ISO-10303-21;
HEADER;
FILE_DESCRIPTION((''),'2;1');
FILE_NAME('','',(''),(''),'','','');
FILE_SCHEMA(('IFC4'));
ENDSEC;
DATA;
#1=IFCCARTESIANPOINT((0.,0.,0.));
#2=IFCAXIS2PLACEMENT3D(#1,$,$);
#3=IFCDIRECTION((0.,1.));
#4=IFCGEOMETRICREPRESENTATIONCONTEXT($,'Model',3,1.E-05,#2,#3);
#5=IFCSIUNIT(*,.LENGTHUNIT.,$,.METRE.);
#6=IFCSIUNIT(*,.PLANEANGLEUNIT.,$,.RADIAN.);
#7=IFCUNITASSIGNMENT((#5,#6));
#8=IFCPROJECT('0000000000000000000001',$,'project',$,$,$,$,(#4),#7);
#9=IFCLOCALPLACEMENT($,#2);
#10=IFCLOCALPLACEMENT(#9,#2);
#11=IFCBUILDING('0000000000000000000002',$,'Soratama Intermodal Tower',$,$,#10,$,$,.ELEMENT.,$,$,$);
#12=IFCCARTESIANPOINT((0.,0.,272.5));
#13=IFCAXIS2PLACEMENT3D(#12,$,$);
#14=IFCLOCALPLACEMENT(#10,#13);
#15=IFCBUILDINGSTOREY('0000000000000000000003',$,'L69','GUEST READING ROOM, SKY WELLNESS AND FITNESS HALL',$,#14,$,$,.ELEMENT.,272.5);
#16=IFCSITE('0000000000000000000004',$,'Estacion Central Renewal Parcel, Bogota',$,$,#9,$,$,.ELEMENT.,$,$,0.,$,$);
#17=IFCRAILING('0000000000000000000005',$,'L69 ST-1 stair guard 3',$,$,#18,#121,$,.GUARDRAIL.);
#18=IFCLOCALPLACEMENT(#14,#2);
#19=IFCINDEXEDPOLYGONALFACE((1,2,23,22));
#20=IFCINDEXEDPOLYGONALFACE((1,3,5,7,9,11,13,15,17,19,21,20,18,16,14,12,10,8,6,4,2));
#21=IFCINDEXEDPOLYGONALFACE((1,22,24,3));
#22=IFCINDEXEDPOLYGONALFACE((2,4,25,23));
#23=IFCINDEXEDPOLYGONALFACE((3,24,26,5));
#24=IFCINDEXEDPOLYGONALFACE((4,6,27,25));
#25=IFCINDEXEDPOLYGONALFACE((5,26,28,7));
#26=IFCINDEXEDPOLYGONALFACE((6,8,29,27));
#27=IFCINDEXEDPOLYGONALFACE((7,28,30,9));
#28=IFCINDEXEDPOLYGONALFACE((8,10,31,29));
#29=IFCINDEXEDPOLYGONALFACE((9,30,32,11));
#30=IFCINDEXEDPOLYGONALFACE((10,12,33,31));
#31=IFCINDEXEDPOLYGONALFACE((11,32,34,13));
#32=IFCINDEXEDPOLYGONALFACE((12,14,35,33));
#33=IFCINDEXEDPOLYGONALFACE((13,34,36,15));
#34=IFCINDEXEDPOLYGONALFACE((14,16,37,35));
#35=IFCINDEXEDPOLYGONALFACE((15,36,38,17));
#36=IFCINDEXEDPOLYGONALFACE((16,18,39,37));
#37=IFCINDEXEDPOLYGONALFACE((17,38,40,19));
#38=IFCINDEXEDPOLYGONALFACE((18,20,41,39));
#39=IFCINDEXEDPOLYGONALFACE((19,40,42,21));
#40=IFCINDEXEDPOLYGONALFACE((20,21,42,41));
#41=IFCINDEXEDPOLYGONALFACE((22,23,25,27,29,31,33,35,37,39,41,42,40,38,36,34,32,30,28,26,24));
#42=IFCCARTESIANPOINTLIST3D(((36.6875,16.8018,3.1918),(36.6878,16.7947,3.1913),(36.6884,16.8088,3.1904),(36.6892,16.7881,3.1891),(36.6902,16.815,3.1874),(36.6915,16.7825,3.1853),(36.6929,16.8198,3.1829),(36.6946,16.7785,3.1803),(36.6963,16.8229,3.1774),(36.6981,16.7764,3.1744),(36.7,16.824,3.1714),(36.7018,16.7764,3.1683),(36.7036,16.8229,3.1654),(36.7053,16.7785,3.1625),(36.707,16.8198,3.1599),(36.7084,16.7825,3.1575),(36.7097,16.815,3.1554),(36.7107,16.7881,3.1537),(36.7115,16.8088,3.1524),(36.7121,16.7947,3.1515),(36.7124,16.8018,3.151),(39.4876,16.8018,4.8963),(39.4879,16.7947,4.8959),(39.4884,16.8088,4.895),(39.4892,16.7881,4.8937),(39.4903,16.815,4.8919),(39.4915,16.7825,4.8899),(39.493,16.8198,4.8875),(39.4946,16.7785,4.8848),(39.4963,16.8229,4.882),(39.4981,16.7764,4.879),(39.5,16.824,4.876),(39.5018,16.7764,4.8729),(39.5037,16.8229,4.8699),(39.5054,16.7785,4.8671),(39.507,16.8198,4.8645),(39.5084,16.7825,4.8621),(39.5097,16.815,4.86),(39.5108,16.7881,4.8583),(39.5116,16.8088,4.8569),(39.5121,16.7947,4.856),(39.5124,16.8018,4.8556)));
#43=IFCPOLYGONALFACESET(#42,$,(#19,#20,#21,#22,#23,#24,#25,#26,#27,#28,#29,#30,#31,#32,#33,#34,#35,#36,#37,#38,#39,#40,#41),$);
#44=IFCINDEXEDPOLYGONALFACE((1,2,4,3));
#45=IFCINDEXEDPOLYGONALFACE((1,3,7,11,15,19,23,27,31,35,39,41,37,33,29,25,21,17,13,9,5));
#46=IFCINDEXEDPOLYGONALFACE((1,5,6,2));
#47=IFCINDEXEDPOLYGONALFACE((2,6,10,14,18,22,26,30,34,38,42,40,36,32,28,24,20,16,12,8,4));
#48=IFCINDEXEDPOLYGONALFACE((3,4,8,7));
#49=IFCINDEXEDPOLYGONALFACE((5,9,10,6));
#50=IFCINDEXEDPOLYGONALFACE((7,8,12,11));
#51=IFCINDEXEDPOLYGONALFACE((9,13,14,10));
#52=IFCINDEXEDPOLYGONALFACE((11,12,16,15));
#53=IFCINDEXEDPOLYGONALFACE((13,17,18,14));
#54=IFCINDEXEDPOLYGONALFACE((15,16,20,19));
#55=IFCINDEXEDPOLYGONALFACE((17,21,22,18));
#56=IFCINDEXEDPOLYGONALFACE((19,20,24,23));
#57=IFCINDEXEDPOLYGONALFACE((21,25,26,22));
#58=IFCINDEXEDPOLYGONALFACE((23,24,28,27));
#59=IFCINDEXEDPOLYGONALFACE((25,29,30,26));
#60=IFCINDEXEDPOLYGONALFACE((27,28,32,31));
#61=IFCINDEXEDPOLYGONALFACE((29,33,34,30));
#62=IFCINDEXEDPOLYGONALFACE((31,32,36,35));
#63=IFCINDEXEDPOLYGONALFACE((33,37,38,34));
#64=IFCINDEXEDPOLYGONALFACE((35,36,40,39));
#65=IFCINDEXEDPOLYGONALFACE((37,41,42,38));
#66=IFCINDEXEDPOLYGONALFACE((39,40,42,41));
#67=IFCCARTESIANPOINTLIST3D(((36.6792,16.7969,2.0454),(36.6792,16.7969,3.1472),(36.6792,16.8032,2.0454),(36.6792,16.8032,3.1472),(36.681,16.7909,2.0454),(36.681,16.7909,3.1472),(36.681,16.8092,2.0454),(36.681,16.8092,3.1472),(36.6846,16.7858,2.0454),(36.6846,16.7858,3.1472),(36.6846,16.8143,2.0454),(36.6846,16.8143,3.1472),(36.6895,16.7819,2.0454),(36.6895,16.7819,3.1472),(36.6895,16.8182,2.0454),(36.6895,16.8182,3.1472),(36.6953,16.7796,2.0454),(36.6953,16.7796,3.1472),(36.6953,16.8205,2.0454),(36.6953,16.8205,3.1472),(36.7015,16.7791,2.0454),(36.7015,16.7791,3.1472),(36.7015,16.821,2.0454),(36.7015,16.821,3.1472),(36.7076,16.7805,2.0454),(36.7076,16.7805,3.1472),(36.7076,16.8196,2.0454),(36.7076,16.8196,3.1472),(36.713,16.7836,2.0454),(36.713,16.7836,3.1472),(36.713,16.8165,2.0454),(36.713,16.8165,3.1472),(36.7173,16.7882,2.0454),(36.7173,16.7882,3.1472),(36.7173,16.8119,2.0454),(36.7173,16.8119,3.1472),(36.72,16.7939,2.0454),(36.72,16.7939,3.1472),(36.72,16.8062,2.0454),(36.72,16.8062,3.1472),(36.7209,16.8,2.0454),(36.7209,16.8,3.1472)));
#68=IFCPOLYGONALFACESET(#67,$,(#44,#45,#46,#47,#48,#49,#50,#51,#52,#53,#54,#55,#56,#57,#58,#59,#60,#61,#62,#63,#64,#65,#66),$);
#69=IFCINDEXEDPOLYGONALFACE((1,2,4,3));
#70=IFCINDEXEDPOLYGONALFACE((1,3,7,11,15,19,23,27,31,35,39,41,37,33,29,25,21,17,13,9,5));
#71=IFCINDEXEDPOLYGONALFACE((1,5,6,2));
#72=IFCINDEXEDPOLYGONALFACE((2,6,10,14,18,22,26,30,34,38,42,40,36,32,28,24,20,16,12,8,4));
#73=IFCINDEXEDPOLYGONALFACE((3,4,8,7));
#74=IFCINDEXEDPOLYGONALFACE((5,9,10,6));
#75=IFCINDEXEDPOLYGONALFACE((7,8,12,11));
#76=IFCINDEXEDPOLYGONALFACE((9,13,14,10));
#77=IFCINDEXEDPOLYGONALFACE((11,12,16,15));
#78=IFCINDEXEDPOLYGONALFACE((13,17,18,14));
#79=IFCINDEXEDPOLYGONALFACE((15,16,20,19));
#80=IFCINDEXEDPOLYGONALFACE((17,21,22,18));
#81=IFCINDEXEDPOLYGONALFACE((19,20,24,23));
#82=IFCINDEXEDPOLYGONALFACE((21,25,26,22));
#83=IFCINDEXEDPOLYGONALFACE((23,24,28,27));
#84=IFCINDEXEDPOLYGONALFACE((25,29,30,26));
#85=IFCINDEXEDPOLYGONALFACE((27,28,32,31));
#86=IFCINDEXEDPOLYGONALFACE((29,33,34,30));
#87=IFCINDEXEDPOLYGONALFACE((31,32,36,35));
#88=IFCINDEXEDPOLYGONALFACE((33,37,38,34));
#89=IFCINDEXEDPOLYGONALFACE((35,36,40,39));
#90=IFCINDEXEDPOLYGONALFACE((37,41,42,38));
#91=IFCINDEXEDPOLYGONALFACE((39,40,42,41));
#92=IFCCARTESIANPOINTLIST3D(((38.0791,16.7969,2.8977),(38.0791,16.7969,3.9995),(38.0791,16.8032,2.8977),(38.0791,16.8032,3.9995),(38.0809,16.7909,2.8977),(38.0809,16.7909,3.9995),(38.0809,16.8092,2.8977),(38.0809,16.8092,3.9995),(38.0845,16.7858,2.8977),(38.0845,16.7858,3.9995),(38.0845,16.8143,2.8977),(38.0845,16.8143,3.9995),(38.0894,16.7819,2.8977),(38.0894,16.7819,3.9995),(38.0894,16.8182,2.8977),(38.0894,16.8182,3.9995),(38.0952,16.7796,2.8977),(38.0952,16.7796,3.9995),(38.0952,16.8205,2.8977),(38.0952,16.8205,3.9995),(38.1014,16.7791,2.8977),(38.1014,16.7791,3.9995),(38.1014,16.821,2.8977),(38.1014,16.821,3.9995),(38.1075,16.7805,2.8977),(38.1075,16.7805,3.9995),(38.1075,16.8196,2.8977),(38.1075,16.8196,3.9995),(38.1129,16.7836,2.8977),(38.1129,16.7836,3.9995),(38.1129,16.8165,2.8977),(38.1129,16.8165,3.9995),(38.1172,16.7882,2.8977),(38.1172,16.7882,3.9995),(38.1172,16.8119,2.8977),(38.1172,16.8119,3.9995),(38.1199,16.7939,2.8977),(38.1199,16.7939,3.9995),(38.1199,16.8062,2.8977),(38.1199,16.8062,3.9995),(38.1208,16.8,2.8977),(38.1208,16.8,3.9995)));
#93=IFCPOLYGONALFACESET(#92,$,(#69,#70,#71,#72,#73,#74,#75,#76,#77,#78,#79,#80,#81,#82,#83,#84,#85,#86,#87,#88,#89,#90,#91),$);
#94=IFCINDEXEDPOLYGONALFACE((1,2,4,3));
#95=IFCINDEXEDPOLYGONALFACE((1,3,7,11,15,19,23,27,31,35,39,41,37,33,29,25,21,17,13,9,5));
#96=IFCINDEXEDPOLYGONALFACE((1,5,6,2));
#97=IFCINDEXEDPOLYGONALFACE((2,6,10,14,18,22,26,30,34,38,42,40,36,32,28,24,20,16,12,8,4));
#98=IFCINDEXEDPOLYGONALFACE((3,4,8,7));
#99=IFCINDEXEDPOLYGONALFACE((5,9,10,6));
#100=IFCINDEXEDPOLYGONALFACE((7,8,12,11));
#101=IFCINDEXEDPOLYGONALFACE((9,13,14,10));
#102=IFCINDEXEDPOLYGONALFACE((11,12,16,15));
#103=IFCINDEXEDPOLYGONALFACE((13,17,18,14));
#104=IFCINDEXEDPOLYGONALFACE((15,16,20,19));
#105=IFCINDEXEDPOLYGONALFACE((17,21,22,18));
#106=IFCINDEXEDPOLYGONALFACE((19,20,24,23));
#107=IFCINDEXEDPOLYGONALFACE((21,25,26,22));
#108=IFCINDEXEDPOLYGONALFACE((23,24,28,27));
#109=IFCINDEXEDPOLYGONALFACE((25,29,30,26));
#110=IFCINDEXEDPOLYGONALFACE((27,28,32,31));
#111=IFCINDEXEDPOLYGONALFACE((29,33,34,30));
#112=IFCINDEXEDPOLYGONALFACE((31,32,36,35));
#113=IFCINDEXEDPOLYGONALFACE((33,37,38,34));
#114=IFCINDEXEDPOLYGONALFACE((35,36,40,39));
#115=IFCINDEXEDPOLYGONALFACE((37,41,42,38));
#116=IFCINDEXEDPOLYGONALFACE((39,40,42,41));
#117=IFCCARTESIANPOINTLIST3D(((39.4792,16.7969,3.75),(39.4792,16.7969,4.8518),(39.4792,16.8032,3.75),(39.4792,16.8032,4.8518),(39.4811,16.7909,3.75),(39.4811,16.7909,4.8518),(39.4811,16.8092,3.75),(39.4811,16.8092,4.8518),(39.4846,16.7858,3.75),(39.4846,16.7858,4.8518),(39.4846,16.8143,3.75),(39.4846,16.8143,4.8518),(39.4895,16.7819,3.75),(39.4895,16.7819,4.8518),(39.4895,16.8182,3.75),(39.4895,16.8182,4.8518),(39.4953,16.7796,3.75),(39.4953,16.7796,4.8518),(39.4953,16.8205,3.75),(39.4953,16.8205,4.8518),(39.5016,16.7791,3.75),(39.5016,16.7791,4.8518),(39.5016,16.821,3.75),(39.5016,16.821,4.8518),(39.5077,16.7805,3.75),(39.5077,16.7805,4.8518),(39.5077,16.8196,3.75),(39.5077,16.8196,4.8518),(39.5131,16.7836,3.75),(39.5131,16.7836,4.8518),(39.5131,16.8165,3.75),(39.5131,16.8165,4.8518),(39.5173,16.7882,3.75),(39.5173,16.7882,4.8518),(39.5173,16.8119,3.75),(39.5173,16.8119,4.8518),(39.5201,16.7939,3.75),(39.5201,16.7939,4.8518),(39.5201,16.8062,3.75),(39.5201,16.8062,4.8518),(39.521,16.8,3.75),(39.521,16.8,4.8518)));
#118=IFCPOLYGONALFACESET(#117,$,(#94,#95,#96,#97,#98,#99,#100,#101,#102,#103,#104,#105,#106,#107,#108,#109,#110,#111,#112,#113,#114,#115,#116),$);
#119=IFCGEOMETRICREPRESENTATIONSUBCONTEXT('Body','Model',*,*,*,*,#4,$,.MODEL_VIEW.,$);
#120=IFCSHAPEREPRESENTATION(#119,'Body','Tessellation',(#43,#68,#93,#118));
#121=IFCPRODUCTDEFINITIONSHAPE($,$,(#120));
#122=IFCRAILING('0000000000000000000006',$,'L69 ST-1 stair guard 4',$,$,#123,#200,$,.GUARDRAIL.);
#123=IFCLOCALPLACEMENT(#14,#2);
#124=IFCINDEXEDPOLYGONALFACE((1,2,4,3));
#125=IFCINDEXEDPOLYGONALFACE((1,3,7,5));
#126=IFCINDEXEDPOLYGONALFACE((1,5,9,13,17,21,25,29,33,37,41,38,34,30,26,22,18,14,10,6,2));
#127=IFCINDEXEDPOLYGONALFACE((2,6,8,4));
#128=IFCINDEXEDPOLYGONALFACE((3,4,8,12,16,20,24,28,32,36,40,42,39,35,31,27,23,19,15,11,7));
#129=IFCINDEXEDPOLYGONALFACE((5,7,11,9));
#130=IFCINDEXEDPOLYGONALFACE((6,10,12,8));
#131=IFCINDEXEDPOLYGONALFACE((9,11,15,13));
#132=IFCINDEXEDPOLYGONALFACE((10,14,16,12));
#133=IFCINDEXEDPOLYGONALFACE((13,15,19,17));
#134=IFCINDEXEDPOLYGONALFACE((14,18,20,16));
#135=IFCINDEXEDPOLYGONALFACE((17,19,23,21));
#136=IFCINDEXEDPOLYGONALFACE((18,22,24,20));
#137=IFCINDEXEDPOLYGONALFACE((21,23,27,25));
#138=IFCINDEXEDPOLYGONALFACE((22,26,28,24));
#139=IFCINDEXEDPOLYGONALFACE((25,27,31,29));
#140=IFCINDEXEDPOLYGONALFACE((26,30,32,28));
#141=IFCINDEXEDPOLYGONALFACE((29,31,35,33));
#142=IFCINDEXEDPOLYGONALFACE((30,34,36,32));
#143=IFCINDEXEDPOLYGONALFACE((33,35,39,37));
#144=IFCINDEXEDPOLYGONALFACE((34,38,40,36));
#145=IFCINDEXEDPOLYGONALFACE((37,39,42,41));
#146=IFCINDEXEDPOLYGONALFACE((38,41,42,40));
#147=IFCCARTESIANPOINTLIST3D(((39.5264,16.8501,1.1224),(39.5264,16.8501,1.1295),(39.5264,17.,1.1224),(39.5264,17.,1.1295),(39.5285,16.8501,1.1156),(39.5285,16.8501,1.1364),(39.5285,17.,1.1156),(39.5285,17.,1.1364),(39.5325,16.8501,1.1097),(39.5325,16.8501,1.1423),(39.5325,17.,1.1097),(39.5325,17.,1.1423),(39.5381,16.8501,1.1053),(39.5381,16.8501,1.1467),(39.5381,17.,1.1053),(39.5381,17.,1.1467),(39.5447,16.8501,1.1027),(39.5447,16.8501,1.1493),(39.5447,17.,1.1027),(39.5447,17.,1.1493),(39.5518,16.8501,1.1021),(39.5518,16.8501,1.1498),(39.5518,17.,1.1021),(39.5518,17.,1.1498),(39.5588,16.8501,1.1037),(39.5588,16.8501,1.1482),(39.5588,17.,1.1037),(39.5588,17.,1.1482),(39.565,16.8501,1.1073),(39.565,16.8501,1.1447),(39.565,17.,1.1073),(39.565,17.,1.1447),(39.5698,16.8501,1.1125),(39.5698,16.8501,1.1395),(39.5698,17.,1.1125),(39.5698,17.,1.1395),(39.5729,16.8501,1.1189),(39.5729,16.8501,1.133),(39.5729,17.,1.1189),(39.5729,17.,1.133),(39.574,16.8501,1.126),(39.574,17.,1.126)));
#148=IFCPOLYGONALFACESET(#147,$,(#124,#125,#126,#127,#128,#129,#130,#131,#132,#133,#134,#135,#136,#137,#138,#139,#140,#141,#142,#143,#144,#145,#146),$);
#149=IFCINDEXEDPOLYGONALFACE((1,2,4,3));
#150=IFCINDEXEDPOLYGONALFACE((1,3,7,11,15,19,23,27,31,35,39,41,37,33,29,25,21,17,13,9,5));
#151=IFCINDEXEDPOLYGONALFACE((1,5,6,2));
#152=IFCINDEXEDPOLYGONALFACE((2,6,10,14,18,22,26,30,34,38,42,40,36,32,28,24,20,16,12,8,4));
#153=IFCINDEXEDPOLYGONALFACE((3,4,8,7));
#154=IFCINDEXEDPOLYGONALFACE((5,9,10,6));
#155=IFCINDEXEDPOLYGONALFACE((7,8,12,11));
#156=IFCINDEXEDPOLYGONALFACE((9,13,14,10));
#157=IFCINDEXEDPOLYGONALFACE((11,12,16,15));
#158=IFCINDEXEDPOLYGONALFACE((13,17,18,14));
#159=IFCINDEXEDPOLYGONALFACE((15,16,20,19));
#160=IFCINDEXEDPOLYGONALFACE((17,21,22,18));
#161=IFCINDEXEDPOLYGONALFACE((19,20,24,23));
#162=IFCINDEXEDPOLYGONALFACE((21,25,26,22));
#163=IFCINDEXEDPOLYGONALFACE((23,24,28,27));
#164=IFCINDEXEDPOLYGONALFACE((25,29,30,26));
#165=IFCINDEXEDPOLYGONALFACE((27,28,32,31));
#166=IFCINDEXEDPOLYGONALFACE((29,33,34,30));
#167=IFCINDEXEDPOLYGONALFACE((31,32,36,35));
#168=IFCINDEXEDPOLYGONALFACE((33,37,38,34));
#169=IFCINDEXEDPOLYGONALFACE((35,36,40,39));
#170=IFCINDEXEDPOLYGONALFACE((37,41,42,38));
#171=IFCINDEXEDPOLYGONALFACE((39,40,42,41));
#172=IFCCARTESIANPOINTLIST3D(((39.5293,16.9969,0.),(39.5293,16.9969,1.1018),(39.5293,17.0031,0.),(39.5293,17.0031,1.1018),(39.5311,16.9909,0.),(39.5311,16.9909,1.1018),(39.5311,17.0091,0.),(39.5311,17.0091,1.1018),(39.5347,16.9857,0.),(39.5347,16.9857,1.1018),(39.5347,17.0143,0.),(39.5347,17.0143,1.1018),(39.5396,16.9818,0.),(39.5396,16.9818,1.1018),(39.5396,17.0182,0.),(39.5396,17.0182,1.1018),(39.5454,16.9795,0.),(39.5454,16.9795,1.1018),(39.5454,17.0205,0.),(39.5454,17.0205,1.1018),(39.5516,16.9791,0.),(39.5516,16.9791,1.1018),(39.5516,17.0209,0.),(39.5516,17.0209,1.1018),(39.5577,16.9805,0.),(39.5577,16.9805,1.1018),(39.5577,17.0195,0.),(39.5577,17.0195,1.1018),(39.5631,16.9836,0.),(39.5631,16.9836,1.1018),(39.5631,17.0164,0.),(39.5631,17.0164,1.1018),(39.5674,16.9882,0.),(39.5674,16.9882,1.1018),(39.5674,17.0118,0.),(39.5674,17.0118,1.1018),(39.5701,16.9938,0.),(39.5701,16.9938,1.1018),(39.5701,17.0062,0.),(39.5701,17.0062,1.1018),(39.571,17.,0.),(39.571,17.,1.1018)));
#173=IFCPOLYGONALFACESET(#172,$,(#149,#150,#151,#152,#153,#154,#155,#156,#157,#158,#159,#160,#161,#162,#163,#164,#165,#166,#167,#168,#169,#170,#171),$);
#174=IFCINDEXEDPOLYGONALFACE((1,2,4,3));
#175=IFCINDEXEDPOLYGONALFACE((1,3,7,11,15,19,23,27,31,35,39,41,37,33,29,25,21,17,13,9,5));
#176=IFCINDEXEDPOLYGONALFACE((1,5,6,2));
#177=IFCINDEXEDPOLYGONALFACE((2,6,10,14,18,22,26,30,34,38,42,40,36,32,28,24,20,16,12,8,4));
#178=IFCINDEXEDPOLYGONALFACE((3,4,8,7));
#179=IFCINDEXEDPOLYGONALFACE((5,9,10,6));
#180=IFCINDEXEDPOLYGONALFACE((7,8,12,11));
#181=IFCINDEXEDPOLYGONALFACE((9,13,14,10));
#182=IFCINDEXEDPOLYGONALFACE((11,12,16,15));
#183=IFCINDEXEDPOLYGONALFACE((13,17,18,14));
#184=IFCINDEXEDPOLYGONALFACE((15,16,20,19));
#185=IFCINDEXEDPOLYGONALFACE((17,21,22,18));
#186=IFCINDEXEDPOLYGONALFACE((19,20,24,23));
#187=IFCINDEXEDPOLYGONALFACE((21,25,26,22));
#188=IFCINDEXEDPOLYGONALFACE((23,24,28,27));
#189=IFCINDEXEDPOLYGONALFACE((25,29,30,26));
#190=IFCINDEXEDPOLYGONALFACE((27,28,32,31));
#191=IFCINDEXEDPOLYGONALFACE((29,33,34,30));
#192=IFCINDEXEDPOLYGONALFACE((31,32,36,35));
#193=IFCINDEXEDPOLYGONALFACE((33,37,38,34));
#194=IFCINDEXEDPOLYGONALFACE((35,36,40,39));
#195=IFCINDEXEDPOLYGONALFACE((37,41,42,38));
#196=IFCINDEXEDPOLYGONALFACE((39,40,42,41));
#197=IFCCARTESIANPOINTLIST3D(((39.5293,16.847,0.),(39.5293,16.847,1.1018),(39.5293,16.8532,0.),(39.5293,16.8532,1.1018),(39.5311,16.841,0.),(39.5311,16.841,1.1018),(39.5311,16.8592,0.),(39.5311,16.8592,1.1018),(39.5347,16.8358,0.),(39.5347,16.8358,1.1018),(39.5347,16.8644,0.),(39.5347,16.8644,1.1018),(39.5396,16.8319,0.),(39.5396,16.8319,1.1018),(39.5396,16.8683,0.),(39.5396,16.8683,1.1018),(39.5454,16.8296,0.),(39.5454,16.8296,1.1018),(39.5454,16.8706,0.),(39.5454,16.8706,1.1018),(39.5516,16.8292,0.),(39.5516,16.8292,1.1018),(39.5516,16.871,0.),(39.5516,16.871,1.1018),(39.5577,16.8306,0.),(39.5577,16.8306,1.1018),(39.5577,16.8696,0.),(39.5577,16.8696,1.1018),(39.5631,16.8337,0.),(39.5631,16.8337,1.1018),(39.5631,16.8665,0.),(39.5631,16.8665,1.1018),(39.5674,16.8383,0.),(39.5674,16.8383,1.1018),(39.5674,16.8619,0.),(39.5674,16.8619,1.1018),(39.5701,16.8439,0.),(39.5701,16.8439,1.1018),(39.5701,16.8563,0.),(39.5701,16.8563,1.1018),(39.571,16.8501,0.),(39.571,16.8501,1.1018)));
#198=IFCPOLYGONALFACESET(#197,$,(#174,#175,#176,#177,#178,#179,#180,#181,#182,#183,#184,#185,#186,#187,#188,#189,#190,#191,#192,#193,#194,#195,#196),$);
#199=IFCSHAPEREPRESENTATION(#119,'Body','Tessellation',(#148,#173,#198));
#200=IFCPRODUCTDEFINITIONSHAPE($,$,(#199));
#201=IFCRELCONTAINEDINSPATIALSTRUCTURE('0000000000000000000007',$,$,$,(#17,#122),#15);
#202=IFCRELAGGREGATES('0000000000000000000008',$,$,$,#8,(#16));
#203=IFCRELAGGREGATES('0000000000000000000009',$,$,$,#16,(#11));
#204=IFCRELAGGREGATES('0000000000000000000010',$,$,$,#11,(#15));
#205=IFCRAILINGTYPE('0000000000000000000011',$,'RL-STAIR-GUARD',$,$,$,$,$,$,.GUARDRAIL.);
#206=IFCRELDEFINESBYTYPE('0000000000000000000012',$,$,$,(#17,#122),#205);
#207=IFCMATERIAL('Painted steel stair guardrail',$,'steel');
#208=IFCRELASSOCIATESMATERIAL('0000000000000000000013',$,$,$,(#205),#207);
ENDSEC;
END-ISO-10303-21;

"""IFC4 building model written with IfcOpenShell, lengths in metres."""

from ifc_helpers import new_model, si_unit, direction, frame, origin, origin_2d, place, context, subcontext, project, spatial, circle, extrude, material, type_object, element, save


model = new_model("IFC4")

# Units and contexts
model_context = context("Model", 3, precision=1e-05, world=origin(), true_north=direction((0.0, 1.0)))
body_context = subcontext(model_context, "Body", "Model", "MODEL_VIEW")
ifc_project = project(units=[si_unit("LENGTHUNIT", "METRE"), si_unit("PLANEANGLEUNIT", "RADIAN")], contexts=[model_context])

# Site, building, storey
site_placement = place(None, origin())
site = spatial("IfcSite", under=ifc_project, at=site_placement, Name="Estacion Central Renewal Parcel, Bogota", CompositionType="ELEMENT", RefElevation=0.0)
building_placement = place(site_placement, origin())
building = spatial("IfcBuilding", under=site, at=building_placement, Name="Soratama Intermodal Tower", CompositionType="ELEMENT")
storey_placement = place(building_placement, frame((0.0, 0.0, 272.5)))
storey = spatial("IfcBuildingStorey", under=building, at=storey_placement, Name="L69", Description="GUEST READING ROOM, SKY WELLNESS AND FITNESS HALL", CompositionType="ELEMENT", Elevation=272.5)

# Railings
ifc_material_1 = material(Name="Painted steel stair guardrail", Category="steel")
railing_type_1 = type_object("IfcRailingType", Name="RL-STAIR-GUARD", PredefinedType="GUARDRAIL", material=ifc_material_1)
railing_1_placement = place(storey_placement, frame((36.7, 16.8, 2.0454)))
element("IfcRailing", 1, at=railing_1_placement, inside=storey, type_object=railing_type_1, Name="L69 ST-1 stair guard 3", PredefinedType="GUARDRAIL", context=body_context, shape_type="SweptSolid", body=[
    extrude(circle(Radius=0.0239, at=origin_2d()), frame((0.0, 0.0, 1.126), z_axis=(0.85417, 0.0, 0.519994), x_axis=(0.0, 1.0, 0.0)), (0.0, 0.0, 1.0), 3.2781),
    extrude(circle(Radius=0.021, at=origin_2d()), origin(), (0.0, 0.0, 1.0), 1.1018),
    extrude(circle(Radius=0.021, at=origin_2d()), frame((1.3999, 0.0, 0.8523)), (0.0, 0.0, 1.0), 1.1018),
    extrude(circle(Radius=0.021, at=origin_2d()), frame((2.8, 0.0, 1.7046)), (0.0, 0.0, 1.0), 1.1018),
])
railing_2_placement = place(storey_placement, frame((39.55, 17.0, 0.0)))
element("IfcRailing", 2, at=railing_2_placement, inside=storey, type_object=railing_type_1, Name="L69 ST-1 stair guard 4", PredefinedType="GUARDRAIL", context=body_context, shape_type="SweptSolid", body=[
    extrude(circle(Radius=0.0239, at=origin_2d()), frame((0.0, 0.0, 1.126), z_axis=(0.0, -1.0, 0.0), x_axis=(1.0, 0.0, 0.0)), (0.0, 0.0, 1.0), 0.1499),
    extrude(circle(Radius=0.021, at=origin_2d()), origin(), (0.0, 0.0, 1.0), 1.1018),
    extrude(circle(Radius=0.021, at=origin_2d()), frame((0.0, -0.1499, 0.0)), (0.0, 0.0, 1.0), 1.1018),
])

save(model, "model.ifc")
